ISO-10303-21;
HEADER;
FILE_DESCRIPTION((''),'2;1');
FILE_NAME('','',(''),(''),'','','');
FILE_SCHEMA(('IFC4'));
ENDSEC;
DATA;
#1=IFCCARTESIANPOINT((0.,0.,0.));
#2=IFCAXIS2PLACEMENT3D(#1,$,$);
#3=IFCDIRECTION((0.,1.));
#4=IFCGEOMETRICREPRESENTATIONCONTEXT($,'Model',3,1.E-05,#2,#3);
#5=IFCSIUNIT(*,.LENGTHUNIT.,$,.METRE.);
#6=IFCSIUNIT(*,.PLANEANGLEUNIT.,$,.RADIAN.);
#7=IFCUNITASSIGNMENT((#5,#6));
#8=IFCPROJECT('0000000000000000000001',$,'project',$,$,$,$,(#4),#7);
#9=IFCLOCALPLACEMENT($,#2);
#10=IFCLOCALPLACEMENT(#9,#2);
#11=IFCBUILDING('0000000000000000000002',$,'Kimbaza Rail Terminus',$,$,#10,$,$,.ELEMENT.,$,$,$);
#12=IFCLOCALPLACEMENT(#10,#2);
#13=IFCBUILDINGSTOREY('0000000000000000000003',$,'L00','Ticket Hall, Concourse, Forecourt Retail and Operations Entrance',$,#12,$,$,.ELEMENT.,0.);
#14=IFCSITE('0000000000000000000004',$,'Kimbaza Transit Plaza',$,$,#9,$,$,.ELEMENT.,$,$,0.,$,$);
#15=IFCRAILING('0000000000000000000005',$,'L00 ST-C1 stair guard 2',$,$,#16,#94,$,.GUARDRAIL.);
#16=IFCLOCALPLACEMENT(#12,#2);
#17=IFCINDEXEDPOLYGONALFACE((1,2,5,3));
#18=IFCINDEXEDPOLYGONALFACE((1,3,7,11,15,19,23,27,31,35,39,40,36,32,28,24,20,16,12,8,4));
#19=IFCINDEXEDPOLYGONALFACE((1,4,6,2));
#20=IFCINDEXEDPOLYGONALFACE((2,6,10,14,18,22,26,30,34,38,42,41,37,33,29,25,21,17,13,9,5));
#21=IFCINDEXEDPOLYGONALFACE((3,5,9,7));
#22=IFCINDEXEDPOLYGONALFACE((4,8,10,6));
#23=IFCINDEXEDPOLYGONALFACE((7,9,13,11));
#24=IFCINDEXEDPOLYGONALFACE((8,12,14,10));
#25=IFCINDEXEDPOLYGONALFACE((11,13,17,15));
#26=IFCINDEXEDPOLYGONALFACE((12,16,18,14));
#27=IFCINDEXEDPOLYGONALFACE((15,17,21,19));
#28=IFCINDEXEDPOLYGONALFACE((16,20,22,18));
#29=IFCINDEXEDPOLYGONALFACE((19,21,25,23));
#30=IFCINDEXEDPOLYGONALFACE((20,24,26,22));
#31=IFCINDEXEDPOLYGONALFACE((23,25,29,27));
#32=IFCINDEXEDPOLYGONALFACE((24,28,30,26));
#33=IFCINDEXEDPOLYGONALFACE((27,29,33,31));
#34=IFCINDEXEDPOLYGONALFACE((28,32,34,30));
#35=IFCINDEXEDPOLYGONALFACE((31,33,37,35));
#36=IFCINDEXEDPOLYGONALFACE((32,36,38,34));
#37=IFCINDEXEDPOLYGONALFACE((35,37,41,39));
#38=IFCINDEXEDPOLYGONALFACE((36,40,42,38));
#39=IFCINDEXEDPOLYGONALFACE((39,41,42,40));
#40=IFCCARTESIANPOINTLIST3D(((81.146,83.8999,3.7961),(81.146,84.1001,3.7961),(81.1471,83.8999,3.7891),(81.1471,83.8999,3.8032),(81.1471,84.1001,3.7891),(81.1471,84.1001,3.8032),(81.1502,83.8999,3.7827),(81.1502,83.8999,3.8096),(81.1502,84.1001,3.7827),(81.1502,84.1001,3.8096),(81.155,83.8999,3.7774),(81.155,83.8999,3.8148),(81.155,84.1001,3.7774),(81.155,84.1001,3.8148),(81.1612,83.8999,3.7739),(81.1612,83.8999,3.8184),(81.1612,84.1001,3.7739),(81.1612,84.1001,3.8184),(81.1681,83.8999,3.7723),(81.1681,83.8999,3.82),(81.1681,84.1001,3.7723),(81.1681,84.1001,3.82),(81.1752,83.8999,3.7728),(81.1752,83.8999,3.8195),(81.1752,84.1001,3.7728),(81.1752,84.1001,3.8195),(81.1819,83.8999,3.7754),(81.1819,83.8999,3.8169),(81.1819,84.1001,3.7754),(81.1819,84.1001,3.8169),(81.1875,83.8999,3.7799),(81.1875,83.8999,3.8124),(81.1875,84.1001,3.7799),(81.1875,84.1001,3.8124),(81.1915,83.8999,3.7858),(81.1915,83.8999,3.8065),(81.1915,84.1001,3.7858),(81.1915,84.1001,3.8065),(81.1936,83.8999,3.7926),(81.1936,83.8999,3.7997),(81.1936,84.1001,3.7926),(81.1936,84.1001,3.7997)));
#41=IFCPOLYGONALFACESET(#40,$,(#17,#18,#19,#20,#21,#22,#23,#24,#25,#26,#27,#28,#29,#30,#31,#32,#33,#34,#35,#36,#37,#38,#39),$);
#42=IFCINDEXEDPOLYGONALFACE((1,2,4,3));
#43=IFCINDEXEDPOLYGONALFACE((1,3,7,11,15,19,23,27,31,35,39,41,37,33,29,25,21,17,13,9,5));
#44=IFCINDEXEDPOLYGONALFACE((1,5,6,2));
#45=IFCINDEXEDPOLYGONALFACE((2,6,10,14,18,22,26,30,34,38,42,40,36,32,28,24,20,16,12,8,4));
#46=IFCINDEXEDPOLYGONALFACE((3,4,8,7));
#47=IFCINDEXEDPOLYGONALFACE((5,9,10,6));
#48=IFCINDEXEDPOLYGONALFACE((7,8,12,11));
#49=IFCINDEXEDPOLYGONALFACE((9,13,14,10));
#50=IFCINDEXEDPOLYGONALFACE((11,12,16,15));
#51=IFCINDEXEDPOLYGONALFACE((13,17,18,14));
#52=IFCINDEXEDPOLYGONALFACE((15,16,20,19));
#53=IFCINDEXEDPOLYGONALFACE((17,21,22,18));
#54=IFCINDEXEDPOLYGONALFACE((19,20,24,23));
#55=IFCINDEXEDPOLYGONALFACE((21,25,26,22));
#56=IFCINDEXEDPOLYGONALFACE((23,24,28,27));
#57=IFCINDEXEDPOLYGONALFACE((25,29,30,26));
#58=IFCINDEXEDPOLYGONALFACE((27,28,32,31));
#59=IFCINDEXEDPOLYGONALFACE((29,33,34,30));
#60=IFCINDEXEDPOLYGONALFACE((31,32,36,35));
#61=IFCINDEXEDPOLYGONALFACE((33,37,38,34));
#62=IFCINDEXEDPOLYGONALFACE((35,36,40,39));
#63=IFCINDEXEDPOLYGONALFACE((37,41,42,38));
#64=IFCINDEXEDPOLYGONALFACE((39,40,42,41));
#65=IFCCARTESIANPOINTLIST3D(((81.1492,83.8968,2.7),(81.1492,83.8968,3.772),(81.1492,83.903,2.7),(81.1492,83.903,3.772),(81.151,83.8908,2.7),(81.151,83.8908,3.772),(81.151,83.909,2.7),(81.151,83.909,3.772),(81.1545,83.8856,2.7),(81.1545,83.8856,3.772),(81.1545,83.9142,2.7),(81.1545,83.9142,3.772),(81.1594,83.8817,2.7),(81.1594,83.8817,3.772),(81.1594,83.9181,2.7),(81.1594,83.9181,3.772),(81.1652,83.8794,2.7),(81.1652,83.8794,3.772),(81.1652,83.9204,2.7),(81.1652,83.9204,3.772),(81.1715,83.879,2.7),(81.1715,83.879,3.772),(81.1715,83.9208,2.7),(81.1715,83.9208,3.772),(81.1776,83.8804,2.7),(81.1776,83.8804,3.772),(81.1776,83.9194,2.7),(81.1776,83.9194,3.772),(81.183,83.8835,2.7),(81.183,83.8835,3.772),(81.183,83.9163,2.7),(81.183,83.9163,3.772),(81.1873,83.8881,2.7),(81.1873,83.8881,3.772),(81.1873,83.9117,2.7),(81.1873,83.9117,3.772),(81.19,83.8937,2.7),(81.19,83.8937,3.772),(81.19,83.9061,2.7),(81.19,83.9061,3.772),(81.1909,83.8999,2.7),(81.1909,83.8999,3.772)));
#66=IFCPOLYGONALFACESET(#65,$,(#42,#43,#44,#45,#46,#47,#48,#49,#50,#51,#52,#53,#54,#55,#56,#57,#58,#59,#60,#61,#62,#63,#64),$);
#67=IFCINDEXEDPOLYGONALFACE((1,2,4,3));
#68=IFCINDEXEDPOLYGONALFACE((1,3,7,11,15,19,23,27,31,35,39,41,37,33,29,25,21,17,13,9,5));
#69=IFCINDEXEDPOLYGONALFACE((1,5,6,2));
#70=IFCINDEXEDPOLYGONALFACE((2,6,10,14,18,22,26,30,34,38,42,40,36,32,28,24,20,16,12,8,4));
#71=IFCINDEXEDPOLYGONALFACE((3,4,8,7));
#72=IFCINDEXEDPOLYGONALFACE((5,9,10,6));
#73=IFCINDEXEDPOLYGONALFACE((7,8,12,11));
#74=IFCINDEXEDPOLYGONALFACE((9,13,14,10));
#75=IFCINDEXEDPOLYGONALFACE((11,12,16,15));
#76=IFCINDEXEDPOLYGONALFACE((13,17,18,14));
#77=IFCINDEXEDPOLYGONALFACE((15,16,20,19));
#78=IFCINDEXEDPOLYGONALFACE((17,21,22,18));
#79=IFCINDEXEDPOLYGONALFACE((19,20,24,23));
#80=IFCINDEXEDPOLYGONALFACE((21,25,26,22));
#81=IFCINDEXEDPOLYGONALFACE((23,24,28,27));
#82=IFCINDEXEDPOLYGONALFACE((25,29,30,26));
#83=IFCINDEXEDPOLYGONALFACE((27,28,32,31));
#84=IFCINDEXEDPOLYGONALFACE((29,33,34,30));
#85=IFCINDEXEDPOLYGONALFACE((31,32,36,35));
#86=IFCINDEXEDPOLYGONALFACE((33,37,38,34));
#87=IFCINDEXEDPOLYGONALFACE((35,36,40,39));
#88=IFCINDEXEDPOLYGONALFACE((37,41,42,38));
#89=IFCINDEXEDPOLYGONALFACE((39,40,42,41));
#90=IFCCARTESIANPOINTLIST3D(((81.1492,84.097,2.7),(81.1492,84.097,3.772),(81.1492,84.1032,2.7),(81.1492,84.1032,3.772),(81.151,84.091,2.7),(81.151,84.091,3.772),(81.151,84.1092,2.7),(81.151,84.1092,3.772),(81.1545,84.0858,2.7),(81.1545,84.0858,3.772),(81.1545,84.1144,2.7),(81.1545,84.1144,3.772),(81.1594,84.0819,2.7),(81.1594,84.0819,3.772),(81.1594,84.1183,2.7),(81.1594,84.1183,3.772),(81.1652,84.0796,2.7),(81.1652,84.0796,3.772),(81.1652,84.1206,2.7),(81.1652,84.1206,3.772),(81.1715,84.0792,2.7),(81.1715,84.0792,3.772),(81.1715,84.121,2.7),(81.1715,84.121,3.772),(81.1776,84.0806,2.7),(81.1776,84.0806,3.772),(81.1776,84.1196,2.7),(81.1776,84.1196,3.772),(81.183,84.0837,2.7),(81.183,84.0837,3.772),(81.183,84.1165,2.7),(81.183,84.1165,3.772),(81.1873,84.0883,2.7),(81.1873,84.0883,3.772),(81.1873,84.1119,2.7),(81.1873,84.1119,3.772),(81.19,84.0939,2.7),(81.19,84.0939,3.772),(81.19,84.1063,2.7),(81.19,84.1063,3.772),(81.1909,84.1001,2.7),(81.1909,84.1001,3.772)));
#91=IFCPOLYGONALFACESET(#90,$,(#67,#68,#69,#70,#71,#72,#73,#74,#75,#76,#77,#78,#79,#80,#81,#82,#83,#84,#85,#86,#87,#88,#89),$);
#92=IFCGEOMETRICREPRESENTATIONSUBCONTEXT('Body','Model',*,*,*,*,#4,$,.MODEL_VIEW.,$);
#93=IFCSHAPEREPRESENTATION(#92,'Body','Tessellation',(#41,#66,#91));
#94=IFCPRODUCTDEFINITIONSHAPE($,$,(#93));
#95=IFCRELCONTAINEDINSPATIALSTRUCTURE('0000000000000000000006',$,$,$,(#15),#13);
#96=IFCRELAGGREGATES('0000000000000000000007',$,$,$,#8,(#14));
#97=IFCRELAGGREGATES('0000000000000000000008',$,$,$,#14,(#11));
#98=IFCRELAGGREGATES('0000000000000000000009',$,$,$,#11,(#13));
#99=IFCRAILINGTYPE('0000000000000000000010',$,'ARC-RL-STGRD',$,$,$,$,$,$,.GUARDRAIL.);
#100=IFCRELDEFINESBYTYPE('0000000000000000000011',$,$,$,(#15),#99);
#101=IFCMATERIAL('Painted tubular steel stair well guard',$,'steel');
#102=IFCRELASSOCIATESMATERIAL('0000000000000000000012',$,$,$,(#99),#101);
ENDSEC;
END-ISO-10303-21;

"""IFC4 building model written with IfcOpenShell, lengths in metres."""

from ifc_helpers import new_model, si_unit, direction, frame, origin, origin_2d, place, context, subcontext, project, spatial, circle, extrude, material, type_object, element, save


model = new_model("IFC4")

# Units and contexts
model_context = context("Model", 3, precision=1e-05, world=origin(), true_north=direction((0.0, 1.0)))
body_context = subcontext(model_context, "Body", "Model", "MODEL_VIEW")
ifc_project = project(units=[si_unit("LENGTHUNIT", "METRE"), si_unit("PLANEANGLEUNIT", "RADIAN")], contexts=[model_context])

# Site, building, storey
site_placement = place(None, origin())
site = spatial("IfcSite", under=ifc_project, at=site_placement, Name="Kimbaza Transit Plaza", CompositionType="ELEMENT", RefElevation=0.0)
building_placement = place(site_placement, origin())
building = spatial("IfcBuilding", under=site, at=building_placement, Name="Kimbaza Rail Terminus", CompositionType="ELEMENT")
storey_placement = place(building_placement, origin())
storey = spatial("IfcBuildingStorey", under=building, at=storey_placement, Name="L00", Description="Ticket Hall, Concourse, Forecourt Retail and Operations Entrance", CompositionType="ELEMENT", Elevation=0.0)

# Railing
ifc_material_1 = material(Name="Painted tubular steel stair well guard", Category="steel")
railing_type_1 = type_object("IfcRailingType", Name="ARC-RL-STGRD", PredefinedType="GUARDRAIL", material=ifc_material_1)
railing_1_placement = place(storey_placement, frame((81.1699, 83.8999, 2.7)))
element("IfcRailing", 1, at=railing_1_placement, inside=storey, type_object=railing_type_1, Name="L00 ST-C1 stair guard 2", PredefinedType="GUARDRAIL", context=body_context, shape_type="SweptSolid", body=[
    extrude(circle(Radius=0.0239, at=origin_2d()), frame((0.0, 0.0, 1.0962), z_axis=(0.0, 1.0, 0.0), x_axis=(-1.0, 0.0, 0.0)), (0.0, 0.0, 1.0), 0.2002),
    extrude(circle(Radius=0.021, at=origin_2d()), origin(), (0.0, 0.0, 1.0), 1.072),
    extrude(circle(Radius=0.021, at=origin_2d()), frame((0.0, 0.2002, 0.0)), (0.0, 0.0, 1.0), 1.072),
])

save(model, "model.ifc")
